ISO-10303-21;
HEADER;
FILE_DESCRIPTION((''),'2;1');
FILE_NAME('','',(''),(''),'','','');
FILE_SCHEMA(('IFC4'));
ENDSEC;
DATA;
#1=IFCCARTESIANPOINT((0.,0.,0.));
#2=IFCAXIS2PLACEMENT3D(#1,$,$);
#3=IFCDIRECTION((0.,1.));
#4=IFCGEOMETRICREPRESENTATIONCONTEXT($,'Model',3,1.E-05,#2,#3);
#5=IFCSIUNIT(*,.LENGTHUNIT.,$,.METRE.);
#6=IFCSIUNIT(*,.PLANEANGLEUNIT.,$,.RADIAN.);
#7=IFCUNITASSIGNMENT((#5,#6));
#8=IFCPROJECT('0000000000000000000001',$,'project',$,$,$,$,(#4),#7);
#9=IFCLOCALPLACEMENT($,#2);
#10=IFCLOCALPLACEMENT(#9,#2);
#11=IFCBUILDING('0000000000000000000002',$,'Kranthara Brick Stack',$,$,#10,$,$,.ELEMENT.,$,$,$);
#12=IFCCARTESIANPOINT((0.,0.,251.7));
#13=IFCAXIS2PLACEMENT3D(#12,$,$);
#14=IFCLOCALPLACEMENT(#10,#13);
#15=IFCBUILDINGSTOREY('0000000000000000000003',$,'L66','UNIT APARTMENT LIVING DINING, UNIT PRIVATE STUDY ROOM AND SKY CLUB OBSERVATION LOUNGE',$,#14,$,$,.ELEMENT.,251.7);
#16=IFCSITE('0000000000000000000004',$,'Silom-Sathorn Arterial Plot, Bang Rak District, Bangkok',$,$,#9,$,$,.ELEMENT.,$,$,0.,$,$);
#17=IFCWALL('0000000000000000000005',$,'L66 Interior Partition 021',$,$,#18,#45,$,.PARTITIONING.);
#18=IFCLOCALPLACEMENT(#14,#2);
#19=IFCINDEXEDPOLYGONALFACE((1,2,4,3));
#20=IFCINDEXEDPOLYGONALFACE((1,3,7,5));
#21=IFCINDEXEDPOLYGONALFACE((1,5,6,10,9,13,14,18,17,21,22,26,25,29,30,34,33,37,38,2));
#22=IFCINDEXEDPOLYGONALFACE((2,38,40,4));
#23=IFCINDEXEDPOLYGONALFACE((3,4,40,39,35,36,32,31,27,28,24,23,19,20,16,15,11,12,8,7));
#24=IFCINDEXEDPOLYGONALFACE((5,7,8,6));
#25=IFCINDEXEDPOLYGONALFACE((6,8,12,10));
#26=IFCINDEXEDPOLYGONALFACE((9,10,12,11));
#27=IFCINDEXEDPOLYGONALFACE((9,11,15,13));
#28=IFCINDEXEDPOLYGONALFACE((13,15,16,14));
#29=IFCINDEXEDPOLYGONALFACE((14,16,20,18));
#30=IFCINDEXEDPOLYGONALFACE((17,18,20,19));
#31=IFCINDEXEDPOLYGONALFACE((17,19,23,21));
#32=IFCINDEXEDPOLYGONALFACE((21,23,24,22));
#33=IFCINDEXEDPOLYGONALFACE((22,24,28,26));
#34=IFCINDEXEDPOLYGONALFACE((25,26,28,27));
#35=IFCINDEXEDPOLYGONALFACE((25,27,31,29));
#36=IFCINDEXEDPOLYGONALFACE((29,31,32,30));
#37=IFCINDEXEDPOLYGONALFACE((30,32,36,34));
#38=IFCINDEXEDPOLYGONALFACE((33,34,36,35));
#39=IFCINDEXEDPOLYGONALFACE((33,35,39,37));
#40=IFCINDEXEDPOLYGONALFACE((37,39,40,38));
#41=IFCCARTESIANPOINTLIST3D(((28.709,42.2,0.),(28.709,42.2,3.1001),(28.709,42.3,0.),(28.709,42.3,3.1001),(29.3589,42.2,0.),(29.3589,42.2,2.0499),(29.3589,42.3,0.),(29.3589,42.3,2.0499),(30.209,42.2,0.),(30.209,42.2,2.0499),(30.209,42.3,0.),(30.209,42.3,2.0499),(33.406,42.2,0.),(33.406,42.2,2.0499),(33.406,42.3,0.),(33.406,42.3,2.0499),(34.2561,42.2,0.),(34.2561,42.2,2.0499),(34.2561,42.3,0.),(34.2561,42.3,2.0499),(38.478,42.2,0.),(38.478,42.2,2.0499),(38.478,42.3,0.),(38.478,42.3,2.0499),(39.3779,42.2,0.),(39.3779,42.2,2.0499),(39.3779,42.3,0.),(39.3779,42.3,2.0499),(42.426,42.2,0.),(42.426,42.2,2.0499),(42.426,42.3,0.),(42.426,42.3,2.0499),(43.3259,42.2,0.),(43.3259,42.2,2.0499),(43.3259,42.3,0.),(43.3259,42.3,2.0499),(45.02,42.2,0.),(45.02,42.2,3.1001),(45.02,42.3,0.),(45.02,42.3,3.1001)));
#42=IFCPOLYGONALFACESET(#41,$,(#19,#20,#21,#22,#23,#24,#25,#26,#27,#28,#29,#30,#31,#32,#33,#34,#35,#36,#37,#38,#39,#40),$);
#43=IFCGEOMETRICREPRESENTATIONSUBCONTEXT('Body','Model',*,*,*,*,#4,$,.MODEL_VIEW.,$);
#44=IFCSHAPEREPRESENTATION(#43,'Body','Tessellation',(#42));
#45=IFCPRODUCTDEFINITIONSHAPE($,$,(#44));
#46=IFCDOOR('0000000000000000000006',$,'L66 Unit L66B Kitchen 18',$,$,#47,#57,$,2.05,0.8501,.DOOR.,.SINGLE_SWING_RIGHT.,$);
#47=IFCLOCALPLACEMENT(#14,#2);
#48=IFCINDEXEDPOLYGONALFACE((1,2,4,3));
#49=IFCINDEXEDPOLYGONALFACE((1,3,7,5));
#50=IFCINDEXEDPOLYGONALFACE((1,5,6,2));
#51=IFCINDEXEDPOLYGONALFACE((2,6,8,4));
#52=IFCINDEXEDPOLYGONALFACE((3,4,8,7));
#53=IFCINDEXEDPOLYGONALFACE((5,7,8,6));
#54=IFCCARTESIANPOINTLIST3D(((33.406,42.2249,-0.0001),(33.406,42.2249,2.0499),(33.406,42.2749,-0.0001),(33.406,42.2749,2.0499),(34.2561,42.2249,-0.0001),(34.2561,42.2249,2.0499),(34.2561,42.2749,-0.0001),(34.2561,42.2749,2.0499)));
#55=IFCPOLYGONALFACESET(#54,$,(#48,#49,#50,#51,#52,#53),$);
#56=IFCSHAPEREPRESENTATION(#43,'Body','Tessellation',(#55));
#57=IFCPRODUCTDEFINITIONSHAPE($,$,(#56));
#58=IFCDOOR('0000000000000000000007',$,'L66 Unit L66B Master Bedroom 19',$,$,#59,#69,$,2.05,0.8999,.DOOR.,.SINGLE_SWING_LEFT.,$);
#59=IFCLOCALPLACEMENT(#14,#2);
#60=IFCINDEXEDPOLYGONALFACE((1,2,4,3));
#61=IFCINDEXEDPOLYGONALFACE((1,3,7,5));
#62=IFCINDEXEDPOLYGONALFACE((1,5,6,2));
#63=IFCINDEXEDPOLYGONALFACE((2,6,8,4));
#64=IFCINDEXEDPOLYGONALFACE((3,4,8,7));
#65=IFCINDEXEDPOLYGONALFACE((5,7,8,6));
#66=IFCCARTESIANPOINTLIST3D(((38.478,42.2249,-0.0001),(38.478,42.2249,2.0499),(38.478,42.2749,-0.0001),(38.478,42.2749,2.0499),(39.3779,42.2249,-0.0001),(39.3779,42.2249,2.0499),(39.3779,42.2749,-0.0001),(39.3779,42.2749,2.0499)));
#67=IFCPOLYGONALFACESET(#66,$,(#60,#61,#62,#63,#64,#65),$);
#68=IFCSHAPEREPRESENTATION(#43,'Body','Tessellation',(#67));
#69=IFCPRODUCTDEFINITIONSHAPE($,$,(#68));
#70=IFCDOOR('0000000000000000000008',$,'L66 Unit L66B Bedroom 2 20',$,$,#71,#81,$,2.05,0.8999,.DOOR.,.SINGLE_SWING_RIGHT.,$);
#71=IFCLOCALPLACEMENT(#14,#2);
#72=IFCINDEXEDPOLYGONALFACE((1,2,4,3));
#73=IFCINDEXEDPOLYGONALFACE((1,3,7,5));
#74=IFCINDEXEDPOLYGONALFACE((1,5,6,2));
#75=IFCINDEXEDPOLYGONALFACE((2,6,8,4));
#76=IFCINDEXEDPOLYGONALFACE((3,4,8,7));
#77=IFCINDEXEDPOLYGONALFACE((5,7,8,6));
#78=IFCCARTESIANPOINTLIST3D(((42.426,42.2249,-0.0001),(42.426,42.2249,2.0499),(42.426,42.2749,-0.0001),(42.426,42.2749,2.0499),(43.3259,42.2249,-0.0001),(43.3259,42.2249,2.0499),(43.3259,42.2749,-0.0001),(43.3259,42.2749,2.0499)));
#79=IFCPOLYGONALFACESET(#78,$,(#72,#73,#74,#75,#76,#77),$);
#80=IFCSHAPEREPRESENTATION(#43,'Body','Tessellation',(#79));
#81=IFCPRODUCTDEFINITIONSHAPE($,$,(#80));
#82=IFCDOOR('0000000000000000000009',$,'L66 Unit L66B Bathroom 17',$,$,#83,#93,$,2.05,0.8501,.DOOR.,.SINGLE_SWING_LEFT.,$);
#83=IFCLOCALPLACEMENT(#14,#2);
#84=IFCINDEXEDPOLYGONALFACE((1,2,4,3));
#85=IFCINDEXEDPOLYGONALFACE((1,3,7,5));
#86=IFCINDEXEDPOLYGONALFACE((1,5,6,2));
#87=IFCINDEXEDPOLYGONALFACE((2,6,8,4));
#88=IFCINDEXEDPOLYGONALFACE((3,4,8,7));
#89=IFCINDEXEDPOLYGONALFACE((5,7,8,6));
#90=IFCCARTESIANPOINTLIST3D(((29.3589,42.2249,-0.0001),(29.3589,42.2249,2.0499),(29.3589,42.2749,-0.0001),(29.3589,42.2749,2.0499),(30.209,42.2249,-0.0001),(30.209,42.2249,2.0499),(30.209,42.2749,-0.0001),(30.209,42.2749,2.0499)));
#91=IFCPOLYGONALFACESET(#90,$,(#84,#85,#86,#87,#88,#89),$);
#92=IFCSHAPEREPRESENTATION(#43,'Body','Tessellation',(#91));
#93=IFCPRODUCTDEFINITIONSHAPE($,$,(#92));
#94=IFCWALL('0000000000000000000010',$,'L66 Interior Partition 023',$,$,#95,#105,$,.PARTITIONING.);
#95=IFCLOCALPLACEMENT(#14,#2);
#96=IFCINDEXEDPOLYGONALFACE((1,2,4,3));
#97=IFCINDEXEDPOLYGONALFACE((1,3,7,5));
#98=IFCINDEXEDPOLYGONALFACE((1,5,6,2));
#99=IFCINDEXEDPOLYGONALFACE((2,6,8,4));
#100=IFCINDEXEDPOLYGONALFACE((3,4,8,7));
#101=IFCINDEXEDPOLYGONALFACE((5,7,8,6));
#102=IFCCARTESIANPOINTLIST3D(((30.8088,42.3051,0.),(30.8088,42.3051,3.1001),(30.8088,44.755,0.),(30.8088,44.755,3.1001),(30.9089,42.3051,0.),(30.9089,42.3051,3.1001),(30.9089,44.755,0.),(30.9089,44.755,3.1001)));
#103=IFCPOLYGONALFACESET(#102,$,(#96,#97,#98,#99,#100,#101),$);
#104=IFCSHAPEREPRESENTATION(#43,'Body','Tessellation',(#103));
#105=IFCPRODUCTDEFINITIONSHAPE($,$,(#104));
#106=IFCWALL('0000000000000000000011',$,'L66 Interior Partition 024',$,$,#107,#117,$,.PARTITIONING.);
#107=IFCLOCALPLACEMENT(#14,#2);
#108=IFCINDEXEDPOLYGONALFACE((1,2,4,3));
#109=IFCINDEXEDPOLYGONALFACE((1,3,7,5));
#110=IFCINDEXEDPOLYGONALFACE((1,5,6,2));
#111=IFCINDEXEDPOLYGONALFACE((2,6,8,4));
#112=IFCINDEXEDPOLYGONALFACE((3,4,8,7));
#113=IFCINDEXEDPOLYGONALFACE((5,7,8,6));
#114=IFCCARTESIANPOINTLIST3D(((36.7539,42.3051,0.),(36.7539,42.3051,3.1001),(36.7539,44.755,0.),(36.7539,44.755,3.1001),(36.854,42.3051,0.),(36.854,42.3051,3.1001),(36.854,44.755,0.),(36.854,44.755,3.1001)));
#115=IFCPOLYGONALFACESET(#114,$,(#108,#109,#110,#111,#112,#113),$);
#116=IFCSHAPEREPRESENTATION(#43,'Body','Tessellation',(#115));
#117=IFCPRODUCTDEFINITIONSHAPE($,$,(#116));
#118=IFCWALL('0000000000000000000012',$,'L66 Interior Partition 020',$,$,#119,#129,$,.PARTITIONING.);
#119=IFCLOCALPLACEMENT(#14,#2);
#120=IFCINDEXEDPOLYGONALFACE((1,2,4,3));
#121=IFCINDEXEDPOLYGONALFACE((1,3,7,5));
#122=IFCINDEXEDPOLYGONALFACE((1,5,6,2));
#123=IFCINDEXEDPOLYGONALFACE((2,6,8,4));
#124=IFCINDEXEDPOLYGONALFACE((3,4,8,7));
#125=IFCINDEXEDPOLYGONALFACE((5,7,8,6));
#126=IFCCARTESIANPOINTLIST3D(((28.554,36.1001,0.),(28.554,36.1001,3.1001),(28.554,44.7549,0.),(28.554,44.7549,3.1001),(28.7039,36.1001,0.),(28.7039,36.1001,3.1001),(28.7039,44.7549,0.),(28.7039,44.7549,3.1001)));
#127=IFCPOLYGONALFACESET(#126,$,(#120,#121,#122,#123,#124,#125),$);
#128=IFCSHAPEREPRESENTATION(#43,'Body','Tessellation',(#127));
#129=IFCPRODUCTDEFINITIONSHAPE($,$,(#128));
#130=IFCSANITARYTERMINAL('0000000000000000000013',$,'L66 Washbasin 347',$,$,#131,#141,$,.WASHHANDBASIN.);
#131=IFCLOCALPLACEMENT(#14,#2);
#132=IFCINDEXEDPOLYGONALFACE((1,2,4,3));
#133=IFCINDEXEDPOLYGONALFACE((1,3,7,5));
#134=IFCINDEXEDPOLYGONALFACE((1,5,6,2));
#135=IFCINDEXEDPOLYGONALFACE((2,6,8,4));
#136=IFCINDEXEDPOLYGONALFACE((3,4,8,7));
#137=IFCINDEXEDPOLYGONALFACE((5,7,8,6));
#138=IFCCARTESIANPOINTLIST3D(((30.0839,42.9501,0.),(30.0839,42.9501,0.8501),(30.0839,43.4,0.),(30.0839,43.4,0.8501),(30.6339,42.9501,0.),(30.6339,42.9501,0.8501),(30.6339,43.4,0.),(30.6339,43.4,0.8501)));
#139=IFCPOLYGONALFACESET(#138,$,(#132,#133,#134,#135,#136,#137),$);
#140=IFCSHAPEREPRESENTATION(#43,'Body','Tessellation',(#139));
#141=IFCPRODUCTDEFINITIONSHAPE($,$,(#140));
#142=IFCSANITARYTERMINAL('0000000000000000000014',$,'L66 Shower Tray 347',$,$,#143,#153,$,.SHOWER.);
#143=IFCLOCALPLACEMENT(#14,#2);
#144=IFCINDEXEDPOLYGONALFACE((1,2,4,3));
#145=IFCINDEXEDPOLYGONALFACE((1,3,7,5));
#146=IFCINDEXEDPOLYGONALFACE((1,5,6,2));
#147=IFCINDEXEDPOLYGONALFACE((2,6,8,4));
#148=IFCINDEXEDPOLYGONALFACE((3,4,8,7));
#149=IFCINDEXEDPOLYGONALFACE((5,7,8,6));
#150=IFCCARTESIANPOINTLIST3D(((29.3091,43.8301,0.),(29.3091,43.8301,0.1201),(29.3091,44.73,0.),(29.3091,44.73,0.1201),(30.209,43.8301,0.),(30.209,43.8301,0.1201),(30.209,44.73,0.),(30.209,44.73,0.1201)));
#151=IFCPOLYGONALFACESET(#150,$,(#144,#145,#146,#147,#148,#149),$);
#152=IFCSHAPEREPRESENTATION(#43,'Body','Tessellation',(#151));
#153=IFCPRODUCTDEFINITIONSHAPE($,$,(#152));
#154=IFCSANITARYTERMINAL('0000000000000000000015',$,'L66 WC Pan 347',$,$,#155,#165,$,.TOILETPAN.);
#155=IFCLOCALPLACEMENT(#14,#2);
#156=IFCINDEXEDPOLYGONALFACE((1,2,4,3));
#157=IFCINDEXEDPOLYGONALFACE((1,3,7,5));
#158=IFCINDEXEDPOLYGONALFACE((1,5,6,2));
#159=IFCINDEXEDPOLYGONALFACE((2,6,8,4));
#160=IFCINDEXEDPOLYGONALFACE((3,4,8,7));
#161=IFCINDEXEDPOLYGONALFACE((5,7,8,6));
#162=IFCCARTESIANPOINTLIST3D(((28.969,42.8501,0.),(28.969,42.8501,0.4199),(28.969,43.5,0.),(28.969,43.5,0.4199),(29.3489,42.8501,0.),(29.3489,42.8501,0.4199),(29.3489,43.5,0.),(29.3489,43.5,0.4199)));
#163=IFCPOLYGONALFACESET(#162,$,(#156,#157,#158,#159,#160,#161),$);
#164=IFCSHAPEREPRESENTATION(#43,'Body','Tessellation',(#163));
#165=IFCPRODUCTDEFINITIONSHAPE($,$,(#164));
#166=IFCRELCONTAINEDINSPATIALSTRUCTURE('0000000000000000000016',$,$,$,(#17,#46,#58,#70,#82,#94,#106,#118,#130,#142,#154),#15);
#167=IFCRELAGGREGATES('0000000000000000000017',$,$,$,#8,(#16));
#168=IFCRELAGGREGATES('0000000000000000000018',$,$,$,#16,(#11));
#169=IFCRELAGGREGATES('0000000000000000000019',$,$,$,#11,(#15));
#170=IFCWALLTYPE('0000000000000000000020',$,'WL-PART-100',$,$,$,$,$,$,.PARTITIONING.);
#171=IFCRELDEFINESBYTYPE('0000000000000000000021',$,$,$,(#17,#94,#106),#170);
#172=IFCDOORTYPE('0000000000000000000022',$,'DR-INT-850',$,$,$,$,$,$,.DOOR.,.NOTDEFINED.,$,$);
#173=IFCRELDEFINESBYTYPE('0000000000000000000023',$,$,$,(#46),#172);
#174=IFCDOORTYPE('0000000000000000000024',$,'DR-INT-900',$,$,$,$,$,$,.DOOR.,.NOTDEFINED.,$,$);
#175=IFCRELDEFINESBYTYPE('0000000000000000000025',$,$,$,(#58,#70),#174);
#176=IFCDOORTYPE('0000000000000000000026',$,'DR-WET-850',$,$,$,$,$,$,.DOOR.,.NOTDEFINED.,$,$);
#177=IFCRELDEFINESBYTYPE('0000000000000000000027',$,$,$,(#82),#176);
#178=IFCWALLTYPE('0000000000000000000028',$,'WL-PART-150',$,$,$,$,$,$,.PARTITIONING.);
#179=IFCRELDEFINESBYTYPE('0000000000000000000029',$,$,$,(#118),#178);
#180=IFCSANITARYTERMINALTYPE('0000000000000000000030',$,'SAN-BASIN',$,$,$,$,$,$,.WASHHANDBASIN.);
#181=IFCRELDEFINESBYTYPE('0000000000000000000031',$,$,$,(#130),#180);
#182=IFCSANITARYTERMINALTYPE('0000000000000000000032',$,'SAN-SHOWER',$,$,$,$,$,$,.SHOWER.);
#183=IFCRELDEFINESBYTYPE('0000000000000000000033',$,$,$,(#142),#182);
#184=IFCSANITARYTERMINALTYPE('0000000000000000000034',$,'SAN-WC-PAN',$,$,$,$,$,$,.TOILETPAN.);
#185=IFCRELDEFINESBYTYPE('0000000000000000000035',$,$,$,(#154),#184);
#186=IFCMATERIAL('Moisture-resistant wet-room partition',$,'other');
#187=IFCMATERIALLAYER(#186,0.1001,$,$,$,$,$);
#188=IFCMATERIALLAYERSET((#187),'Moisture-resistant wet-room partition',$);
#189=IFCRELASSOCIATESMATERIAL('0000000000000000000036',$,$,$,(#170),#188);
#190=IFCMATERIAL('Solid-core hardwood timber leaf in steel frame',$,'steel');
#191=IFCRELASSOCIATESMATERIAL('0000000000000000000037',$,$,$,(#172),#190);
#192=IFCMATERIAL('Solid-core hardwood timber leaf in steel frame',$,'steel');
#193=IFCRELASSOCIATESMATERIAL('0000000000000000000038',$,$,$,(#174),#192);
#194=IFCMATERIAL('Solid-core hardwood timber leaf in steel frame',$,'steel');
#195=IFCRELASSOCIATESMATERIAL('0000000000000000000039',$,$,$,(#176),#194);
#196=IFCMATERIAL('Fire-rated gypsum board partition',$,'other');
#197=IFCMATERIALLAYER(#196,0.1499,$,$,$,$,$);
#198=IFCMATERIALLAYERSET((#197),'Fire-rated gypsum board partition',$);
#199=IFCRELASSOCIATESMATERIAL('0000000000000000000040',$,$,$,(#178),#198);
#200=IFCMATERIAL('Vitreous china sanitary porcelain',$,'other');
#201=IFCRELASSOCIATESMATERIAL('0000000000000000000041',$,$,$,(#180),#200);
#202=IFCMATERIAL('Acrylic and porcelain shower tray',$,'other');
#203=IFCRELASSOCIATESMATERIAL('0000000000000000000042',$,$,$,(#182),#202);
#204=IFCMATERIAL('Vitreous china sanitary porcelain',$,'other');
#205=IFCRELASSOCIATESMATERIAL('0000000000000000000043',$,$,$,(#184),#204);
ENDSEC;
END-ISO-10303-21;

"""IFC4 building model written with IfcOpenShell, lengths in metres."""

from ifc_helpers import new_model, si_unit, direction, frame, frame_2d, origin, origin_2d, place, context, subcontext, project, spatial, rectangle, extrude, material, layer, layer_set, type_object, element, fill, save


model = new_model("IFC4")

# Units and contexts
model_context = context("Model", 3, precision=1e-05, world=origin(), true_north=direction((0.0, 1.0)))
body_context = subcontext(model_context, "Body", "Model", "MODEL_VIEW")
ifc_project = project(units=[si_unit("LENGTHUNIT", "METRE"), si_unit("PLANEANGLEUNIT", "RADIAN")], contexts=[model_context])

# Site, building, storey
site_placement = place(None, origin())
site = spatial("IfcSite", under=ifc_project, at=site_placement, Name="Silom-Sathorn Arterial Plot, Bang Rak District, Bangkok", CompositionType="ELEMENT", RefElevation=0.0)
building_placement = place(site_placement, origin())
building = spatial("IfcBuilding", under=site, at=building_placement, Name="Kranthara Brick Stack", CompositionType="ELEMENT")
storey_placement = place(building_placement, frame((0.0, 0.0, 251.7)))
storey = spatial("IfcBuildingStorey", under=building, at=storey_placement, Name="L66", Description="UNIT APARTMENT LIVING DINING, UNIT PRIVATE STUDY ROOM AND SKY CLUB OBSERVATION LOUNGE", CompositionType="ELEMENT", Elevation=251.7)

# Wall, openings, doors
ifc_material_1 = material(Name="Moisture-resistant wet-room partition", Category="other")
ifc_layer_1 = layer(ifc_material_1, 0.1001)
ifc_layer_set_1 = layer_set([ifc_layer_1], Name="Moisture-resistant wet-room partition")
wall_type_1 = type_object("IfcWallType", Name="WL-PART-100", PredefinedType="PARTITIONING", material=ifc_layer_set_1)
wall_1_placement = place(storey_placement, frame((28.709, 42.25, 0.0), z_axis=(0.0, 0.0, 1.0), x_axis=(1.0, 0.0, 0.0)))
wall_1 = element("IfcWall", 1, at=wall_1_placement, inside=storey, type_object=wall_type_1, Name="L66 Interior Partition 021", PredefinedType="PARTITIONING", context=body_context, shape_type="SweptSolid", body=[
    extrude(rectangle(XDim=16.311, YDim=0.1001, at=frame_2d((8.1555, 0.0))), origin(), (0.0, 0.0, 1.0), 3.1001),
])
opening_1_placement = place(wall_1_placement, frame((0.6499, 0.0, 0.0)))
opening_1 = element("IfcOpeningElement", 2, at=opening_1_placement, cuts=wall_1, PredefinedType="OPENING", context=body_context, shape_type="SweptSolid", body=[
    extrude(rectangle(XDim=0.8501, YDim=2.05, at=frame_2d((0.425, 1.0249))), frame((0.0, 0.0601, 0.0), z_axis=(0.0, -1.0, 0.0), x_axis=(1.0, 0.0, 0.0)), (0.0, 0.0, 1.0), 0.1201),
])
opening_2_placement = place(wall_1_placement, frame((4.697, 0.0, 0.0)))
opening_2 = element("IfcOpeningElement", 3, at=opening_2_placement, cuts=wall_1, PredefinedType="OPENING", context=body_context, shape_type="SweptSolid", body=[
    extrude(rectangle(XDim=0.8501, YDim=2.05, at=frame_2d((0.425, 1.0249))), frame((0.0, 0.0601, 0.0), z_axis=(0.0, -1.0, 0.0), x_axis=(1.0, 0.0, 0.0)), (0.0, 0.0, 1.0), 0.1201),
])
opening_3_placement = place(wall_1_placement, frame((9.769, 0.0, 0.0)))
opening_3 = element("IfcOpeningElement", 4, at=opening_3_placement, cuts=wall_1, PredefinedType="OPENING", context=body_context, shape_type="SweptSolid", body=[
    extrude(rectangle(XDim=0.8999, YDim=2.05, at=frame_2d((0.45, 1.0249))), frame((0.0, 0.0601, 0.0), z_axis=(0.0, -1.0, 0.0), x_axis=(1.0, 0.0, 0.0)), (0.0, 0.0, 1.0), 0.1201),
])
opening_4_placement = place(wall_1_placement, frame((13.717, 0.0, 0.0)))
opening_4 = element("IfcOpeningElement", 5, at=opening_4_placement, cuts=wall_1, PredefinedType="OPENING", context=body_context, shape_type="SweptSolid", body=[
    extrude(rectangle(XDim=0.8999, YDim=2.05, at=frame_2d((0.45, 1.0249))), frame((0.0, 0.0601, 0.0), z_axis=(0.0, -1.0, 0.0), x_axis=(1.0, 0.0, 0.0)), (0.0, 0.0, 1.0), 0.1201),
])
ifc_material_2 = material(Name="Solid-core hardwood timber leaf in steel frame", Category="steel")
door_type_1 = type_object("IfcDoorType", Name="DR-INT-850", OperationType="NOTDEFINED", PredefinedType="DOOR", material=ifc_material_2)
door_1_placement = place(opening_2_placement, origin())
door_1 = element("IfcDoor", 6, at=door_1_placement, inside=storey, type_object=door_type_1, Name="L66 Unit L66B Kitchen 18", OperationType="SINGLE_SWING_RIGHT", OverallHeight=2.05, OverallWidth=0.8501, PredefinedType="DOOR", context=body_context, shape_type="SweptSolid", body=[
    extrude(rectangle(XDim=0.8501, YDim=2.05, at=frame_2d((0.425, 1.0249))), frame((0.0, 0.0249, 0.0), z_axis=(0.0, -1.0, 0.0), x_axis=(1.0, 0.0, 0.0)), (0.0, 0.0, 1.0), 0.05),
])
fill(opening_2, door_1)
ifc_material_3 = material(Name="Solid-core hardwood timber leaf in steel frame", Category="steel")
door_type_2 = type_object("IfcDoorType", Name="DR-INT-900", OperationType="NOTDEFINED", PredefinedType="DOOR", material=ifc_material_3)
door_2_placement = place(opening_3_placement, origin())
door_2 = element("IfcDoor", 7, at=door_2_placement, inside=storey, type_object=door_type_2, Name="L66 Unit L66B Master Bedroom 19", OperationType="SINGLE_SWING_LEFT", OverallHeight=2.05, OverallWidth=0.8999, PredefinedType="DOOR", context=body_context, shape_type="SweptSolid", body=[
    extrude(rectangle(XDim=0.8999, YDim=2.05, at=frame_2d((0.45, 1.0249))), frame((0.0, 0.0249, 0.0), z_axis=(0.0, -1.0, 0.0), x_axis=(1.0, 0.0, 0.0)), (0.0, 0.0, 1.0), 0.05),
])
fill(opening_3, door_2)
door_3_placement = place(opening_4_placement, origin())
door_3 = element("IfcDoor", 8, at=door_3_placement, inside=storey, type_object=door_type_2, Name="L66 Unit L66B Bedroom 2 20", OperationType="SINGLE_SWING_RIGHT", OverallHeight=2.05, OverallWidth=0.8999, PredefinedType="DOOR", context=body_context, shape_type="SweptSolid", body=[
    extrude(rectangle(XDim=0.8999, YDim=2.05, at=frame_2d((0.45, 1.0249))), frame((0.0, 0.0249, 0.0), z_axis=(0.0, -1.0, 0.0), x_axis=(1.0, 0.0, 0.0)), (0.0, 0.0, 1.0), 0.05),
])
fill(opening_4, door_3)
ifc_material_4 = material(Name="Solid-core hardwood timber leaf in steel frame", Category="steel")
door_type_3 = type_object("IfcDoorType", Name="DR-WET-850", OperationType="NOTDEFINED", PredefinedType="DOOR", material=ifc_material_4)
door_4_placement = place(opening_1_placement, origin())
door_4 = element("IfcDoor", 9, at=door_4_placement, inside=storey, type_object=door_type_3, Name="L66 Unit L66B Bathroom 17", OperationType="SINGLE_SWING_LEFT", OverallHeight=2.05, OverallWidth=0.8501, PredefinedType="DOOR", context=body_context, shape_type="SweptSolid", body=[
    extrude(rectangle(XDim=0.8501, YDim=2.05, at=frame_2d((0.425, 1.0249))), frame((0.0, 0.0249, 0.0), z_axis=(0.0, -1.0, 0.0), x_axis=(1.0, 0.0, 0.0)), (0.0, 0.0, 1.0), 0.05),
])
fill(opening_1, door_4)

# Walls
for number, where, z_axis, x_axis, name in (
    (10, (30.8589, 42.3049, 0.0), (0.0, 0.0, 1.0), (0.0, 1.0, 0.0), "L66 Interior Partition 023"),
    (11, (36.804, 42.3049, 0.0), (0.0, 0.0, 1.0), (0.0, 1.0, 0.0), "L66 Interior Partition 024"),
):
    element("IfcWall", number, at=place(storey_placement, frame(where, z_axis=z_axis, x_axis=x_axis)), inside=storey, type_object=wall_type_1, Name=name, PredefinedType="PARTITIONING", context=body_context, shape_type="SweptSolid", body=[
        extrude(rectangle(XDim=2.45, YDim=0.1001, at=frame_2d((1.2251, 0.0))), origin(), (0.0, 0.0, 1.0), 3.1001),
    ])
ifc_material_5 = material(Name="Fire-rated gypsum board partition", Category="other")
ifc_layer_2 = layer(ifc_material_5, 0.1499)
ifc_layer_set_2 = layer_set([ifc_layer_2], Name="Fire-rated gypsum board partition")
wall_type_2 = type_object("IfcWallType", Name="WL-PART-150", PredefinedType="PARTITIONING", material=ifc_layer_set_2)
wall_2_placement = place(storey_placement, frame((28.6289, 36.1001, 0.0), z_axis=(0.0, 0.0, 1.0), x_axis=(0.0, 1.0, 0.0)))
element("IfcWall", 12, at=wall_2_placement, inside=storey, type_object=wall_type_2, Name="L66 Interior Partition 020", PredefinedType="PARTITIONING", context=body_context, shape_type="SweptSolid", body=[
    extrude(rectangle(XDim=8.6548, YDim=0.1499, at=frame_2d((4.3274, 0.0))), origin(), (0.0, 0.0, 1.0), 3.1001),
])

# Sanitary terminals
ifc_material_6 = material(Name="Vitreous china sanitary porcelain", Category="other")
sanitary_terminal_type_1 = type_object("IfcSanitaryTerminalType", Name="SAN-BASIN", PredefinedType="WASHHANDBASIN", material=ifc_material_6)
sanitary_terminal_1_placement = place(storey_placement, frame((30.3589, 43.175, 0.0), z_axis=(0.0, 0.0, 1.0), x_axis=(1.0, 0.0, 0.0)))
element("IfcSanitaryTerminal", 13, at=sanitary_terminal_1_placement, inside=storey, type_object=sanitary_terminal_type_1, Name="L66 Washbasin 347", PredefinedType="WASHHANDBASIN", context=body_context, shape_type="SweptSolid", body=[
    extrude(rectangle(XDim=0.55, YDim=0.45, at=origin_2d()), origin(), (0.0, 0.0, 1.0), 0.8501),
])
ifc_material_7 = material(Name="Acrylic and porcelain shower tray", Category="other")
sanitary_terminal_type_2 = type_object("IfcSanitaryTerminalType", Name="SAN-SHOWER", PredefinedType="SHOWER", material=ifc_material_7)
sanitary_terminal_2_placement = place(storey_placement, frame((29.759, 44.28, 0.0), z_axis=(0.0, 0.0, 1.0), x_axis=(1.0, 0.0, 0.0)))
element("IfcSanitaryTerminal", 14, at=sanitary_terminal_2_placement, inside=storey, type_object=sanitary_terminal_type_2, Name="L66 Shower Tray 347", PredefinedType="SHOWER", context=body_context, shape_type="SweptSolid", body=[
    extrude(rectangle(XDim=0.8999, YDim=0.8999, at=origin_2d()), origin(), (0.0, 0.0, 1.0), 0.1201),
])
ifc_material_8 = material(Name="Vitreous china sanitary porcelain", Category="other")
sanitary_terminal_type_3 = type_object("IfcSanitaryTerminalType", Name="SAN-WC-PAN", PredefinedType="TOILETPAN", material=ifc_material_8)
sanitary_terminal_3_placement = place(storey_placement, frame((29.1589, 43.175, 0.0), z_axis=(0.0, 0.0, 1.0), x_axis=(1.0, 0.0, 0.0)))
element("IfcSanitaryTerminal", 15, at=sanitary_terminal_3_placement, inside=storey, type_object=sanitary_terminal_type_3, Name="L66 WC Pan 347", PredefinedType="TOILETPAN", context=body_context, shape_type="SweptSolid", body=[
    extrude(rectangle(XDim=0.3799, YDim=0.6499, at=origin_2d()), origin(), (0.0, 0.0, 1.0), 0.4199),
])

save(model, "model.ifc")
